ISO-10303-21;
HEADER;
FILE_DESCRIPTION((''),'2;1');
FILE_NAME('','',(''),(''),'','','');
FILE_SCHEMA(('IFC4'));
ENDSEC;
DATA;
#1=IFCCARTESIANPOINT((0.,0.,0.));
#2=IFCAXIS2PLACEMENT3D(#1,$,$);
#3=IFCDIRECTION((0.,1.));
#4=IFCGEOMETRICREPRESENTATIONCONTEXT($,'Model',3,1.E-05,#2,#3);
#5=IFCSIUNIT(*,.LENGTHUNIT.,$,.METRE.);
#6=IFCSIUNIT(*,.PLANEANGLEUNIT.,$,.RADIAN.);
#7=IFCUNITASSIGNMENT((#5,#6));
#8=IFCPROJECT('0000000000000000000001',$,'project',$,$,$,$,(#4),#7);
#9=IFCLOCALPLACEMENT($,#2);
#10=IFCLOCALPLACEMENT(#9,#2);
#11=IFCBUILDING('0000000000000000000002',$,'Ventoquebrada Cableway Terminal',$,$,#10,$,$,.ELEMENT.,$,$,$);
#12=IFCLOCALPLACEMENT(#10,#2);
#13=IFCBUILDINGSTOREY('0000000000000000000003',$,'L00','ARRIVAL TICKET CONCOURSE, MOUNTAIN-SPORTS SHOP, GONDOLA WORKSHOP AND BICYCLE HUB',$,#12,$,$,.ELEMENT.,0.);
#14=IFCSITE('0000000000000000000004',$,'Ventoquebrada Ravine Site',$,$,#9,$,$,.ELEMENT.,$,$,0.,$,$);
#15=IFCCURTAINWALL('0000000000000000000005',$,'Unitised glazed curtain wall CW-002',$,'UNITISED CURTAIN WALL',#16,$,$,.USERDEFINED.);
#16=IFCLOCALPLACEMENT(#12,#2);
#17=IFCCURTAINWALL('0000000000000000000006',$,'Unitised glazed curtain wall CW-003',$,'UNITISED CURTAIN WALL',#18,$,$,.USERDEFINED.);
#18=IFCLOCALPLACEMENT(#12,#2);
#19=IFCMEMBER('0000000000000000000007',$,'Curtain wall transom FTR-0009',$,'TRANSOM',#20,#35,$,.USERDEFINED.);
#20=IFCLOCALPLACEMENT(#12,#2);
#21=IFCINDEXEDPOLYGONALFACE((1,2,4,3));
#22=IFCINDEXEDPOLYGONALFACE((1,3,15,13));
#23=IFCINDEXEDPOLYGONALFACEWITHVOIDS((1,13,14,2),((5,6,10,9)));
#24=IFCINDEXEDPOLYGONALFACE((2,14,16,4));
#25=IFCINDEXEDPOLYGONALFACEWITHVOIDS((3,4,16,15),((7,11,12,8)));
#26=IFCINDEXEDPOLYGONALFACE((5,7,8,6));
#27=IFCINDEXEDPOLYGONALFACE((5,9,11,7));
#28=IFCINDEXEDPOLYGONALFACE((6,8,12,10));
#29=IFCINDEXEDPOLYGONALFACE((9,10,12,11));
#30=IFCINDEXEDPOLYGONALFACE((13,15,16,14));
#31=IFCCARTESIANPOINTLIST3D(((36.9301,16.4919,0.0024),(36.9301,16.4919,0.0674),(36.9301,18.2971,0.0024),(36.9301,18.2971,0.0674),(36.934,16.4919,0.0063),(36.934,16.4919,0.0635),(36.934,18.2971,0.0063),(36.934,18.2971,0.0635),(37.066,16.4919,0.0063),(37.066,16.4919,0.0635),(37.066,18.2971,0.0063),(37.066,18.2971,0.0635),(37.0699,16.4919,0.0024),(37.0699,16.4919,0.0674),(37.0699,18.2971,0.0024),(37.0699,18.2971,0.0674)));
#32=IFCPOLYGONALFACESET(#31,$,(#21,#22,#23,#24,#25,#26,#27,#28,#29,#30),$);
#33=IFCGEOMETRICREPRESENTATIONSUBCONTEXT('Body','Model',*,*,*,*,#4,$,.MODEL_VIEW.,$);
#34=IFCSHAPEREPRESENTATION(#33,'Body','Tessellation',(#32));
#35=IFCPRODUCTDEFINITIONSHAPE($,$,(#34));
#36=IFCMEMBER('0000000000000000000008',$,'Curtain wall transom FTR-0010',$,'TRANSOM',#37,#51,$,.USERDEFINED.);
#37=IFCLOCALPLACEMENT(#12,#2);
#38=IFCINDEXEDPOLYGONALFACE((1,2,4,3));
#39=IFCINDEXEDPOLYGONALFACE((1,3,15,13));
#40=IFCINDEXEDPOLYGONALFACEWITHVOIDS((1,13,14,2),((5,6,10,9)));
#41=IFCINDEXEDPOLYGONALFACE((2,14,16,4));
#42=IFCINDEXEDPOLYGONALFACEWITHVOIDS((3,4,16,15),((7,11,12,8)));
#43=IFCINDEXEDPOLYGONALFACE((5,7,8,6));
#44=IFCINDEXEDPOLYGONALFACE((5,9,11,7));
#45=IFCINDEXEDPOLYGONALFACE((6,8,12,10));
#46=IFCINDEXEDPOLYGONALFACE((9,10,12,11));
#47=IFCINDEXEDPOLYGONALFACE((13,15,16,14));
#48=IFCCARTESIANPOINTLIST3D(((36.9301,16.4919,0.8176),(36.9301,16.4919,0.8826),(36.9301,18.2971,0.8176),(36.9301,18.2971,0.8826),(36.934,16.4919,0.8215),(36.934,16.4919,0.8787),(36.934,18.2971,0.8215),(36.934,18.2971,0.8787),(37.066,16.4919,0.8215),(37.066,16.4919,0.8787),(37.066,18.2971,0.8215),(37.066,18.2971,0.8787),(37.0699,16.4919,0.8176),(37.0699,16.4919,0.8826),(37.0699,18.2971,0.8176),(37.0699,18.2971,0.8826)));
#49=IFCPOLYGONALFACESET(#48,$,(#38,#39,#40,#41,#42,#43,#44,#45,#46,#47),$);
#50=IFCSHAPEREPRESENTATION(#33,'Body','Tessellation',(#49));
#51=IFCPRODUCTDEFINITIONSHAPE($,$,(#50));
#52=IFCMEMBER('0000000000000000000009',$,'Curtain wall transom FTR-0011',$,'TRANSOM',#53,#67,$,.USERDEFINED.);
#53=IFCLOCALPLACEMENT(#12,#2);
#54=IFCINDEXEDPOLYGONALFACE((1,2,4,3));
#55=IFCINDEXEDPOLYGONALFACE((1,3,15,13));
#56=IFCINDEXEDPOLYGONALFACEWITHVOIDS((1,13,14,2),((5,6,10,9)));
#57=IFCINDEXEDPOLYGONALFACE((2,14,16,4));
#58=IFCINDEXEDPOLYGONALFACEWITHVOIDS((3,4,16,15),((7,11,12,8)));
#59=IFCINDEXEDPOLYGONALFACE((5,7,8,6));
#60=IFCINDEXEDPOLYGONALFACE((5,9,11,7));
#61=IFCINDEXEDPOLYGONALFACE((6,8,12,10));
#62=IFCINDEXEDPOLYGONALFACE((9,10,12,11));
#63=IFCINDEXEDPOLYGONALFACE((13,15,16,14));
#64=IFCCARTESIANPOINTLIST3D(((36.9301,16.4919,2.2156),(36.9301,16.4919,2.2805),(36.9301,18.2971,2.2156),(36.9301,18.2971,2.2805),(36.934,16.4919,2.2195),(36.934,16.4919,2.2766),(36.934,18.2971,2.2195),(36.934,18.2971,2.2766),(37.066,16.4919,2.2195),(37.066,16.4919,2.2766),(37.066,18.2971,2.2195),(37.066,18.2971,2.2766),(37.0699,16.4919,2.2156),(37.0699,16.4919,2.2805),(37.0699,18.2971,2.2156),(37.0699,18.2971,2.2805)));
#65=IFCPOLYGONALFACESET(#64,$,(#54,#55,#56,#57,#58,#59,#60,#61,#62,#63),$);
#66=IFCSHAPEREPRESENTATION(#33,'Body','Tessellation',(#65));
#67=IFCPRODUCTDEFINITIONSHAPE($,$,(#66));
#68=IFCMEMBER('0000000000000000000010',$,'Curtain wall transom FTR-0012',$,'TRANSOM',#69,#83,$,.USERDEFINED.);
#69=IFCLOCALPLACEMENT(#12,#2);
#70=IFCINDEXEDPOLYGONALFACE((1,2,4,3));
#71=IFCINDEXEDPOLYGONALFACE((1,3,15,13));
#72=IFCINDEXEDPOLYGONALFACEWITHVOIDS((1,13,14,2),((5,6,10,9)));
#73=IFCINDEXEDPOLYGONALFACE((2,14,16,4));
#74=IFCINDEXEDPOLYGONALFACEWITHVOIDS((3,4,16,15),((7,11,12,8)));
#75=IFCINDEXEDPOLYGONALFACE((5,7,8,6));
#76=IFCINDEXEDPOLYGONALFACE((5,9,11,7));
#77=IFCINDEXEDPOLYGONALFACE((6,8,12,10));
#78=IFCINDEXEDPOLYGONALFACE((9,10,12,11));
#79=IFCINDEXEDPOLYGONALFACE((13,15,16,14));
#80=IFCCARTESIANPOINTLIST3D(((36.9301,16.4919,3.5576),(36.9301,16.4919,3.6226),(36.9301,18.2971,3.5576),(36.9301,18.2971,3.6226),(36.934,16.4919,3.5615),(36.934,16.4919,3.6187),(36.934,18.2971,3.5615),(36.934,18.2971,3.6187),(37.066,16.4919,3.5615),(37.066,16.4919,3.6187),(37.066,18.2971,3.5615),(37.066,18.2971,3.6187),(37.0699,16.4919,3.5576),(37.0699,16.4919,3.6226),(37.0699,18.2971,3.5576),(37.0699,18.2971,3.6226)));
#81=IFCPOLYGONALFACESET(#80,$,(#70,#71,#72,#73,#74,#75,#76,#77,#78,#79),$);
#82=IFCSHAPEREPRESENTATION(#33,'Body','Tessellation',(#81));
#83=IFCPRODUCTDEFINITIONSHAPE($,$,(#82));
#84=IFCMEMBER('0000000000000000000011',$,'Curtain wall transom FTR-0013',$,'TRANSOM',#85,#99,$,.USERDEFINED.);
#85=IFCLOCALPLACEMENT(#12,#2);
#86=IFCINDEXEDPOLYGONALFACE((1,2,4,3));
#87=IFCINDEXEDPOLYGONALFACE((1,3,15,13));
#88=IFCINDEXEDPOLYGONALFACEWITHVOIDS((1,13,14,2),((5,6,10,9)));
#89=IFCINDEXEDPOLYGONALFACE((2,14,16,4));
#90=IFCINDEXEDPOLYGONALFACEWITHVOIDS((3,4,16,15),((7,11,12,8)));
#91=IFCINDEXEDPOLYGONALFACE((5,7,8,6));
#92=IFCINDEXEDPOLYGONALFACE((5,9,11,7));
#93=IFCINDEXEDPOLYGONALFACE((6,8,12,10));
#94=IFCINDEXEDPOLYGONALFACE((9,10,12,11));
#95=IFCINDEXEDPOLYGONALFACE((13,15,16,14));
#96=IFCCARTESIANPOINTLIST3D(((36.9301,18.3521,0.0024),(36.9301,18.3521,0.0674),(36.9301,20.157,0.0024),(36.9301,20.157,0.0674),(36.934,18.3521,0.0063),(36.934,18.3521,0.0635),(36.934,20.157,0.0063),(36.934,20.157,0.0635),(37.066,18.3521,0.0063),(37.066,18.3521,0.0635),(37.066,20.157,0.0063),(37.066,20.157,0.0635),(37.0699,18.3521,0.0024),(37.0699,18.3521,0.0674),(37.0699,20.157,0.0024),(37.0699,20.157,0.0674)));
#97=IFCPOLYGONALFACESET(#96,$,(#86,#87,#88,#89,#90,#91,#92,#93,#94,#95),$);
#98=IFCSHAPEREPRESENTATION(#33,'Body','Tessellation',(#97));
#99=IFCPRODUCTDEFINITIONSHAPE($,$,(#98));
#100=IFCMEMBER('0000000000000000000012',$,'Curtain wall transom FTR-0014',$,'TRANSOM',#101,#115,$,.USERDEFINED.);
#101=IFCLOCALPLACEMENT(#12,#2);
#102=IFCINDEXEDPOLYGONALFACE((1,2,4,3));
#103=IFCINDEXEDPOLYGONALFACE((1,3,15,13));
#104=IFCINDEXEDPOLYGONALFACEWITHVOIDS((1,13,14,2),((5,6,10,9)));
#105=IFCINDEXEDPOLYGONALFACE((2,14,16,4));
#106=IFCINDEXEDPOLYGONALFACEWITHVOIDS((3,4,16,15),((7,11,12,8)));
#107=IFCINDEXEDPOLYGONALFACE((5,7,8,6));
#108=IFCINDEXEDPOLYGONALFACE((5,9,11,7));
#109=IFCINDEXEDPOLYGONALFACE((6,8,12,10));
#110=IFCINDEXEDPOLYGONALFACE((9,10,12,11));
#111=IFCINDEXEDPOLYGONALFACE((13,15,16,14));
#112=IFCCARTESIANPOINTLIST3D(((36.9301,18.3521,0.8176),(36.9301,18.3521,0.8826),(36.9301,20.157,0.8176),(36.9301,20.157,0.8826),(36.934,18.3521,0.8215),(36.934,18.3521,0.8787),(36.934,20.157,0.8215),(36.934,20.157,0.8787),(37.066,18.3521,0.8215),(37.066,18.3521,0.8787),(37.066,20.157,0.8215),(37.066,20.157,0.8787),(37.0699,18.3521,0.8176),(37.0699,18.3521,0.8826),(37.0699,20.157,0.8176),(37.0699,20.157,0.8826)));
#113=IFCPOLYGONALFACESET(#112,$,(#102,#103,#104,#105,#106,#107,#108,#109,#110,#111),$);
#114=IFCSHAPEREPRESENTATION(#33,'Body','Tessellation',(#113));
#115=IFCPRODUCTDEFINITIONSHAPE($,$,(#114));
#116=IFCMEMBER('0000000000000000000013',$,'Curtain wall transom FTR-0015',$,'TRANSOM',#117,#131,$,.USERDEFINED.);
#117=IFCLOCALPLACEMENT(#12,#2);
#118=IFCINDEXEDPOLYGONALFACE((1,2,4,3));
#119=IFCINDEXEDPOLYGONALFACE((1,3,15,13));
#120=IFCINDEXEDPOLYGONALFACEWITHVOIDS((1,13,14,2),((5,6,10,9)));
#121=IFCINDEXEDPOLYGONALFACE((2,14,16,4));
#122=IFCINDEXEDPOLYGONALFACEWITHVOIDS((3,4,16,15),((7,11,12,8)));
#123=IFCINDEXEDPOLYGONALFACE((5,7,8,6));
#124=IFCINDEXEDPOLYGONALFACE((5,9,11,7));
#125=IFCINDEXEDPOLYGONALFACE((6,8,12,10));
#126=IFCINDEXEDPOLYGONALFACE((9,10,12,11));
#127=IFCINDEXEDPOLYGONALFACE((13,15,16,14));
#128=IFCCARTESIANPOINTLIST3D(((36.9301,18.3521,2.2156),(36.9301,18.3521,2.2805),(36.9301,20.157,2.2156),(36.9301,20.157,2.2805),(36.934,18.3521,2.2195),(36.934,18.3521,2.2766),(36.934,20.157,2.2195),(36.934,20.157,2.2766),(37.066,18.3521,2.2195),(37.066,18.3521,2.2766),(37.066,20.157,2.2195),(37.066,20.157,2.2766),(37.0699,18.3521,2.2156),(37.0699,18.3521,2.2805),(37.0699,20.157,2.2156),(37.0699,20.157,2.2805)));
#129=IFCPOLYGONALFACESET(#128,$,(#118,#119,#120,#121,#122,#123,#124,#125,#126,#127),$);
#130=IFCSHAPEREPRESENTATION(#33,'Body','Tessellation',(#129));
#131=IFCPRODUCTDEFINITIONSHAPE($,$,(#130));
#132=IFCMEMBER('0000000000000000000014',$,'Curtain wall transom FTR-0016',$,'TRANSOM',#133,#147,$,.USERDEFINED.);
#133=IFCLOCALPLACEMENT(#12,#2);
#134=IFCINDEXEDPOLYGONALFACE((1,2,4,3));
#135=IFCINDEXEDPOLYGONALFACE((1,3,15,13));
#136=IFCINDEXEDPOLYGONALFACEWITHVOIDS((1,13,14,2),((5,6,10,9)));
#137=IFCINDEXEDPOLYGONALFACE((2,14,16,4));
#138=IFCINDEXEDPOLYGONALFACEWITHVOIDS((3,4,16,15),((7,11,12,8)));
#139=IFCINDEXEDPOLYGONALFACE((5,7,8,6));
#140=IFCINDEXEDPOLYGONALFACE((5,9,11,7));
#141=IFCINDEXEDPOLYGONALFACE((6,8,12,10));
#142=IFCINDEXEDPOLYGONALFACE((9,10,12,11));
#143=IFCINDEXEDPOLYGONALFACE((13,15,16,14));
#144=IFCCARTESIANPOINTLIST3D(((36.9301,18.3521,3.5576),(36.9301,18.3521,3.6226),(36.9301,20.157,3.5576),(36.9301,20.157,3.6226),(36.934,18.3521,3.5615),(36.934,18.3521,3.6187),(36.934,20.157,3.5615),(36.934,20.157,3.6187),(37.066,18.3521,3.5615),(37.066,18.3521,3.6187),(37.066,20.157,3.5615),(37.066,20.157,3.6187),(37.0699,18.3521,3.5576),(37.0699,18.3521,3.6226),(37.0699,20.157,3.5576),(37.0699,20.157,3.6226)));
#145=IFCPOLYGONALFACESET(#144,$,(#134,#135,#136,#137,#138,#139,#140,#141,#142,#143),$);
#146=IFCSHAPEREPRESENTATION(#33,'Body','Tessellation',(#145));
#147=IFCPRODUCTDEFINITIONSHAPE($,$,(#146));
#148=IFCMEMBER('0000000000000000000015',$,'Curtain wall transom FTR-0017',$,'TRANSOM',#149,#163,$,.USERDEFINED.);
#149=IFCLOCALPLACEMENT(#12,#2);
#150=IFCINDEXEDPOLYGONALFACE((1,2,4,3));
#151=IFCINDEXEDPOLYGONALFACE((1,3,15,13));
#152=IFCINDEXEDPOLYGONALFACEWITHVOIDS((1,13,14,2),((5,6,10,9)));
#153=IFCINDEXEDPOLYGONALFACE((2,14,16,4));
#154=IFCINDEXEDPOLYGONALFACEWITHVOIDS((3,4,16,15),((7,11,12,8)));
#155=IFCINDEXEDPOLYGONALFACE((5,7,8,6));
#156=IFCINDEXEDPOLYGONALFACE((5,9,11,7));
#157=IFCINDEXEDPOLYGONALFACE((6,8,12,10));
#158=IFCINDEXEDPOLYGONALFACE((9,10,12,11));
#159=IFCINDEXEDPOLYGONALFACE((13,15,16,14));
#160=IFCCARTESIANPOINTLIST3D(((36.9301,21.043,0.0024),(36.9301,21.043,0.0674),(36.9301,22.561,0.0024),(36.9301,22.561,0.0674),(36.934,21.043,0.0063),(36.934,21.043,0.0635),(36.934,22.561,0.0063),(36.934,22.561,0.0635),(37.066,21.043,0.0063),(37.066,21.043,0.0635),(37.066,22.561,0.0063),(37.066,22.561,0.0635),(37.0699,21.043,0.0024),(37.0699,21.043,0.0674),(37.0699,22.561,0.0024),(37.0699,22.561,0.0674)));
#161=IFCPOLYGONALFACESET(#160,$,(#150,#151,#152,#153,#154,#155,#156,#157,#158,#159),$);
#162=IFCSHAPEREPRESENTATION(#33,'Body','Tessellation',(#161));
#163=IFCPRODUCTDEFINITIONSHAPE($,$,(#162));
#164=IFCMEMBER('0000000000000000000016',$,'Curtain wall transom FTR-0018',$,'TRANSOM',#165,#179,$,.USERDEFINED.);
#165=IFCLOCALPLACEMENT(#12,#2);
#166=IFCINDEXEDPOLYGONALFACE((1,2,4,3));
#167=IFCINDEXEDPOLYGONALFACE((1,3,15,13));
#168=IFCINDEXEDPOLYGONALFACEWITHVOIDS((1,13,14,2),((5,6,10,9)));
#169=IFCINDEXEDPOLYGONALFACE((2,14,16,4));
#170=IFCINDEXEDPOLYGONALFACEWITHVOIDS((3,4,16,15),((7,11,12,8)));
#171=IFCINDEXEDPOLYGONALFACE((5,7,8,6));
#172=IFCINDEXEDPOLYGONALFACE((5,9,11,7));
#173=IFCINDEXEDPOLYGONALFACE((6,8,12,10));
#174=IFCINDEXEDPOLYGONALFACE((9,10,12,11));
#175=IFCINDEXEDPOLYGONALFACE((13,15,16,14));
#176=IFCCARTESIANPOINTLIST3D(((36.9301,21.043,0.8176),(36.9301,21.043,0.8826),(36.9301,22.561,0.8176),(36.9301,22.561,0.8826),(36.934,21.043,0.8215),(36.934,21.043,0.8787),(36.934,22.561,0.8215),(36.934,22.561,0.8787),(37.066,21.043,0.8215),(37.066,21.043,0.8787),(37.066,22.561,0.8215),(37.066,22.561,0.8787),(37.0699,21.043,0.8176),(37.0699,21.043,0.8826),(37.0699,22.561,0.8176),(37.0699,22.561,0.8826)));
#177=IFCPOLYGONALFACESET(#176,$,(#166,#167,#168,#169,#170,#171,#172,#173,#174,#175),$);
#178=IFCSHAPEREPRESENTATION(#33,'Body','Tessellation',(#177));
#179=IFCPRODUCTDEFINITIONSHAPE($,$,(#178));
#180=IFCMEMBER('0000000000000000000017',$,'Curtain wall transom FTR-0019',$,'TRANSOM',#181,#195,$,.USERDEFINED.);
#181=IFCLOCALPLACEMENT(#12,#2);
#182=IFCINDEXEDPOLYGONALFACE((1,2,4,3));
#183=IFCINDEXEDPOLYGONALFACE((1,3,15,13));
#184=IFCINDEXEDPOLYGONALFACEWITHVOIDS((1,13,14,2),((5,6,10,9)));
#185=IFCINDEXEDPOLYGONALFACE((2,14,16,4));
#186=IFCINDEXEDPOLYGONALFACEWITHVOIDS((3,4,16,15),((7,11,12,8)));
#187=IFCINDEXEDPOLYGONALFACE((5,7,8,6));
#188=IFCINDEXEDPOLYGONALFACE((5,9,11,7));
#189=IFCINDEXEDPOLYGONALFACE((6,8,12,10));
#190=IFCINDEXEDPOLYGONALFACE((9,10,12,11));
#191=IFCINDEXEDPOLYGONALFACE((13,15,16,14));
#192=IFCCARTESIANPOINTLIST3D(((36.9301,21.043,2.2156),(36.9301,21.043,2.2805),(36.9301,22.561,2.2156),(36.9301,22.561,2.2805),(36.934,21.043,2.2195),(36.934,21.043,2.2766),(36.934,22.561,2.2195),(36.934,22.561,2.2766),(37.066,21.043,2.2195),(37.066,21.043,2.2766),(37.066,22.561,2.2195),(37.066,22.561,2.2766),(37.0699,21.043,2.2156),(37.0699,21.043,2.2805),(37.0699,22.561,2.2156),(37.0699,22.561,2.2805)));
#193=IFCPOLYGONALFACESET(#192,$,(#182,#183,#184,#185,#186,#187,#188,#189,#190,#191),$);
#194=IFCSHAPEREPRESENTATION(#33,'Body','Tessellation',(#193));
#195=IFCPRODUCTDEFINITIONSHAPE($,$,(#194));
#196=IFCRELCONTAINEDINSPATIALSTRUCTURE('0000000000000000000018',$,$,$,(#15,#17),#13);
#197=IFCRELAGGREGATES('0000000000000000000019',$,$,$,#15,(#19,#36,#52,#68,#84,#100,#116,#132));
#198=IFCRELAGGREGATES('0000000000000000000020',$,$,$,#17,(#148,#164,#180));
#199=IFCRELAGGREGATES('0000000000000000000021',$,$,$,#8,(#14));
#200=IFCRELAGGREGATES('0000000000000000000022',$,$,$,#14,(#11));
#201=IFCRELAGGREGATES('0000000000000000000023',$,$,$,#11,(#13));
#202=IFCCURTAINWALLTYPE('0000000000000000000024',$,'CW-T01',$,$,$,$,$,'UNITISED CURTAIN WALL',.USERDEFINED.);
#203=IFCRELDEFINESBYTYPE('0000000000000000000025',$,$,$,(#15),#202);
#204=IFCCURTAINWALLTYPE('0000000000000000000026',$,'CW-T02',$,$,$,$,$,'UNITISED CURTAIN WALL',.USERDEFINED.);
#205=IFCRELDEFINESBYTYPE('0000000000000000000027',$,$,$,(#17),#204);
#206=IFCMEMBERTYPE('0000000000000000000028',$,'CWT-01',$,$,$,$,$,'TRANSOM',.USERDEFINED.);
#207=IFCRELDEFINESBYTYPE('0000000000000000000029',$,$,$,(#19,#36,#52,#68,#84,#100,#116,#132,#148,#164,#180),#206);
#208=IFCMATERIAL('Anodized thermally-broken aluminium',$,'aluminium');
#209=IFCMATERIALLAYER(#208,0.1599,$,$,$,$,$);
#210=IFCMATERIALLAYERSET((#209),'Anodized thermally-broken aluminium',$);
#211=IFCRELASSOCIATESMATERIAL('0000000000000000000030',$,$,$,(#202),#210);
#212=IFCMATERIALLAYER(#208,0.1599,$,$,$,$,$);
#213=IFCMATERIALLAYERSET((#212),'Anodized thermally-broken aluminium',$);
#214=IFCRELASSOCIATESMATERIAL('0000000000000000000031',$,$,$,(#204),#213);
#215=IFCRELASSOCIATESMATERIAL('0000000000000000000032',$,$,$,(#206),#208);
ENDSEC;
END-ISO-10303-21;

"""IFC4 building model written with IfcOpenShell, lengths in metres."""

from ifc_helpers import new_model, si_unit, direction, frame, origin, origin_2d, place, context, subcontext, project, spatial, hollow_rectangle, extrude, material, layer, layer_set, material_profile, profile_set, type_object, element, aggregate, save


model = new_model("IFC4")

# Units and contexts
model_context = context("Model", 3, precision=1e-05, world=origin(), true_north=direction((0.0, 1.0)))
body_context = subcontext(model_context, "Body", "Model", "MODEL_VIEW")
ifc_project = project(units=[si_unit("LENGTHUNIT", "METRE"), si_unit("PLANEANGLEUNIT", "RADIAN")], contexts=[model_context])

# Site, building, storey
site_placement = place(None, origin())
site = spatial("IfcSite", under=ifc_project, at=site_placement, Name="Ventoquebrada Ravine Site", CompositionType="ELEMENT", RefElevation=0.0)
building_placement = place(site_placement, origin())
building = spatial("IfcBuilding", under=site, at=building_placement, Name="Ventoquebrada Cableway Terminal", CompositionType="ELEMENT")
storey_placement = place(building_placement, origin())
storey = spatial("IfcBuildingStorey", under=building, at=storey_placement, Name="L00", Description="ARRIVAL TICKET CONCOURSE, MOUNTAIN-SPORTS SHOP, GONDOLA WORKSHOP AND BICYCLE HUB", CompositionType="ELEMENT", Elevation=0.0)

# Curtain walls
ifc_material_1 = material(Name="Anodized thermally-broken aluminium", Category="aluminium")
ifc_layer_1 = layer(ifc_material_1, 0.1599)
ifc_layer_set_1 = layer_set([ifc_layer_1], Name="Anodized thermally-broken aluminium")
curtain_wall_type_1 = type_object("IfcCurtainWallType", Name="CW-T01", ElementType="UNITISED CURTAIN WALL", PredefinedType="USERDEFINED", material=ifc_layer_set_1)
curtain_wall_1_placement = place(storey_placement, origin())
curtain_wall_1 = element("IfcCurtainWall", 1, at=curtain_wall_1_placement, inside=storey, type_object=curtain_wall_type_1, Name="Unitised glazed curtain wall CW-002", ObjectType="UNITISED CURTAIN WALL", PredefinedType="USERDEFINED")
ifc_layer_2 = layer(ifc_material_1, 0.1599)
ifc_layer_set_2 = layer_set([ifc_layer_2], Name="Anodized thermally-broken aluminium")
curtain_wall_type_2 = type_object("IfcCurtainWallType", Name="CW-T02", ElementType="UNITISED CURTAIN WALL", PredefinedType="USERDEFINED", material=ifc_layer_set_2)
curtain_wall_2_placement = place(storey_placement, origin())
curtain_wall_2 = element("IfcCurtainWall", 2, at=curtain_wall_2_placement, inside=storey, type_object=curtain_wall_type_2, Name="Unitised glazed curtain wall CW-003", ObjectType="UNITISED CURTAIN WALL", PredefinedType="USERDEFINED")
ifc_material_profile_1 = material_profile(ifc_material_1, hollow_rectangle(XDim=0.0649, YDim=0.1399, WallThickness=0.0039, at=origin_2d()), Name="CW-TRN-65X140")
ifc_profile_set_1 = profile_set([ifc_material_profile_1], Name="Anodized thermally-broken aluminium")
member_type_1 = type_object("IfcMemberType", Name="CWT-01", ElementType="TRANSOM", PredefinedType="USERDEFINED", material=ifc_profile_set_1)

# Members
member_1_placement = place(storey_placement, frame((37.0, 16.4919, 0.0349), z_axis=(0.0, 1.0, 0.0), x_axis=(0.0, 0.0, 1.0)))
member_1 = element("IfcMember", 3, at=member_1_placement, type_object=member_type_1, Name="Curtain wall transom FTR-0009", ObjectType="TRANSOM", PredefinedType="USERDEFINED", context=body_context, shape_type="SweptSolid", body=[
    extrude(hollow_rectangle(XDim=0.0649, YDim=0.1399, WallThickness=0.0039, at=origin_2d()), origin(), (0.0, 0.0, 1.0), 1.8052),
])
member_2_placement = place(storey_placement, frame((37.0, 16.4919, 0.8501), z_axis=(0.0, 1.0, 0.0), x_axis=(0.0, 0.0, 1.0)))
member_2 = element("IfcMember", 4, at=member_2_placement, type_object=member_type_1, Name="Curtain wall transom FTR-0010", ObjectType="TRANSOM", PredefinedType="USERDEFINED", context=body_context, shape_type="SweptSolid", body=[
    extrude(hollow_rectangle(XDim=0.0649, YDim=0.1399, WallThickness=0.0039, at=origin_2d()), origin(), (0.0, 0.0, 1.0), 1.8052),
])
member_3_placement = place(storey_placement, frame((37.0, 16.4919, 2.248), z_axis=(0.0, 1.0, 0.0), x_axis=(0.0, 0.0, 1.0)))
member_3 = element("IfcMember", 5, at=member_3_placement, type_object=member_type_1, Name="Curtain wall transom FTR-0011", ObjectType="TRANSOM", PredefinedType="USERDEFINED", context=body_context, shape_type="SweptSolid", body=[
    extrude(hollow_rectangle(XDim=0.0649, YDim=0.1399, WallThickness=0.0039, at=origin_2d()), origin(), (0.0, 0.0, 1.0), 1.8052),
])
member_4_placement = place(storey_placement, frame((37.0, 16.4919, 3.5901), z_axis=(0.0, 1.0, 0.0), x_axis=(0.0, 0.0, 1.0)))
member_4 = element("IfcMember", 6, at=member_4_placement, type_object=member_type_1, Name="Curtain wall transom FTR-0012", ObjectType="TRANSOM", PredefinedType="USERDEFINED", context=body_context, shape_type="SweptSolid", body=[
    extrude(hollow_rectangle(XDim=0.0649, YDim=0.1399, WallThickness=0.0039, at=origin_2d()), origin(), (0.0, 0.0, 1.0), 1.8052),
])
member_5_placement = place(storey_placement, frame((37.0, 18.3521, 0.0349), z_axis=(0.0, 1.0, 0.0), x_axis=(0.0, 0.0, 1.0)))
member_5 = element("IfcMember", 7, at=member_5_placement, type_object=member_type_1, Name="Curtain wall transom FTR-0013", ObjectType="TRANSOM", PredefinedType="USERDEFINED", context=body_context, shape_type="SweptSolid", body=[
    extrude(hollow_rectangle(XDim=0.0649, YDim=0.1399, WallThickness=0.0039, at=origin_2d()), origin(), (0.0, 0.0, 1.0), 1.8049),
])
member_6_placement = place(storey_placement, frame((37.0, 18.3521, 0.8501), z_axis=(0.0, 1.0, 0.0), x_axis=(0.0, 0.0, 1.0)))
member_6 = element("IfcMember", 8, at=member_6_placement, type_object=member_type_1, Name="Curtain wall transom FTR-0014", ObjectType="TRANSOM", PredefinedType="USERDEFINED", context=body_context, shape_type="SweptSolid", body=[
    extrude(hollow_rectangle(XDim=0.0649, YDim=0.1399, WallThickness=0.0039, at=origin_2d()), origin(), (0.0, 0.0, 1.0), 1.8049),
])
member_7_placement = place(storey_placement, frame((37.0, 18.3521, 2.248), z_axis=(0.0, 1.0, 0.0), x_axis=(0.0, 0.0, 1.0)))
member_7 = element("IfcMember", 9, at=member_7_placement, type_object=member_type_1, Name="Curtain wall transom FTR-0015", ObjectType="TRANSOM", PredefinedType="USERDEFINED", context=body_context, shape_type="SweptSolid", body=[
    extrude(hollow_rectangle(XDim=0.0649, YDim=0.1399, WallThickness=0.0039, at=origin_2d()), origin(), (0.0, 0.0, 1.0), 1.8049),
])
member_8_placement = place(storey_placement, frame((37.0, 18.3521, 3.5901), z_axis=(0.0, 1.0, 0.0), x_axis=(0.0, 0.0, 1.0)))
member_8 = element("IfcMember", 10, at=member_8_placement, type_object=member_type_1, Name="Curtain wall transom FTR-0016", ObjectType="TRANSOM", PredefinedType="USERDEFINED", context=body_context, shape_type="SweptSolid", body=[
    extrude(hollow_rectangle(XDim=0.0649, YDim=0.1399, WallThickness=0.0039, at=origin_2d()), origin(), (0.0, 0.0, 1.0), 1.8049),
])
member_9_placement = place(storey_placement, frame((37.0, 21.043, 0.0349), z_axis=(0.0, 1.0, 0.0), x_axis=(0.0, 0.0, 1.0)))
member_9 = element("IfcMember", 11, at=member_9_placement, type_object=member_type_1, Name="Curtain wall transom FTR-0017", ObjectType="TRANSOM", PredefinedType="USERDEFINED", context=body_context, shape_type="SweptSolid", body=[
    extrude(hollow_rectangle(XDim=0.0649, YDim=0.1399, WallThickness=0.0039, at=origin_2d()), origin(), (0.0, 0.0, 1.0), 1.5181),
])
member_10_placement = place(storey_placement, frame((37.0, 21.043, 0.8501), z_axis=(0.0, 1.0, 0.0), x_axis=(0.0, 0.0, 1.0)))
member_10 = element("IfcMember", 12, at=member_10_placement, type_object=member_type_1, Name="Curtain wall transom FTR-0018", ObjectType="TRANSOM", PredefinedType="USERDEFINED", context=body_context, shape_type="SweptSolid", body=[
    extrude(hollow_rectangle(XDim=0.0649, YDim=0.1399, WallThickness=0.0039, at=origin_2d()), origin(), (0.0, 0.0, 1.0), 1.5181),
])
member_11_placement = place(storey_placement, frame((37.0, 21.043, 2.248), z_axis=(0.0, 1.0, 0.0), x_axis=(0.0, 0.0, 1.0)))
member_11 = element("IfcMember", 13, at=member_11_placement, type_object=member_type_1, Name="Curtain wall transom FTR-0019", ObjectType="TRANSOM", PredefinedType="USERDEFINED", context=body_context, shape_type="SweptSolid", body=[
    extrude(hollow_rectangle(XDim=0.0649, YDim=0.1399, WallThickness=0.0039, at=origin_2d()), origin(), (0.0, 0.0, 1.0), 1.5181),
])

aggregate(curtain_wall_1, [member_1, member_2, member_3, member_4, member_5, member_6, member_7, member_8])
aggregate(curtain_wall_2, [member_9, member_10, member_11])

save(model, "model.ifc")
